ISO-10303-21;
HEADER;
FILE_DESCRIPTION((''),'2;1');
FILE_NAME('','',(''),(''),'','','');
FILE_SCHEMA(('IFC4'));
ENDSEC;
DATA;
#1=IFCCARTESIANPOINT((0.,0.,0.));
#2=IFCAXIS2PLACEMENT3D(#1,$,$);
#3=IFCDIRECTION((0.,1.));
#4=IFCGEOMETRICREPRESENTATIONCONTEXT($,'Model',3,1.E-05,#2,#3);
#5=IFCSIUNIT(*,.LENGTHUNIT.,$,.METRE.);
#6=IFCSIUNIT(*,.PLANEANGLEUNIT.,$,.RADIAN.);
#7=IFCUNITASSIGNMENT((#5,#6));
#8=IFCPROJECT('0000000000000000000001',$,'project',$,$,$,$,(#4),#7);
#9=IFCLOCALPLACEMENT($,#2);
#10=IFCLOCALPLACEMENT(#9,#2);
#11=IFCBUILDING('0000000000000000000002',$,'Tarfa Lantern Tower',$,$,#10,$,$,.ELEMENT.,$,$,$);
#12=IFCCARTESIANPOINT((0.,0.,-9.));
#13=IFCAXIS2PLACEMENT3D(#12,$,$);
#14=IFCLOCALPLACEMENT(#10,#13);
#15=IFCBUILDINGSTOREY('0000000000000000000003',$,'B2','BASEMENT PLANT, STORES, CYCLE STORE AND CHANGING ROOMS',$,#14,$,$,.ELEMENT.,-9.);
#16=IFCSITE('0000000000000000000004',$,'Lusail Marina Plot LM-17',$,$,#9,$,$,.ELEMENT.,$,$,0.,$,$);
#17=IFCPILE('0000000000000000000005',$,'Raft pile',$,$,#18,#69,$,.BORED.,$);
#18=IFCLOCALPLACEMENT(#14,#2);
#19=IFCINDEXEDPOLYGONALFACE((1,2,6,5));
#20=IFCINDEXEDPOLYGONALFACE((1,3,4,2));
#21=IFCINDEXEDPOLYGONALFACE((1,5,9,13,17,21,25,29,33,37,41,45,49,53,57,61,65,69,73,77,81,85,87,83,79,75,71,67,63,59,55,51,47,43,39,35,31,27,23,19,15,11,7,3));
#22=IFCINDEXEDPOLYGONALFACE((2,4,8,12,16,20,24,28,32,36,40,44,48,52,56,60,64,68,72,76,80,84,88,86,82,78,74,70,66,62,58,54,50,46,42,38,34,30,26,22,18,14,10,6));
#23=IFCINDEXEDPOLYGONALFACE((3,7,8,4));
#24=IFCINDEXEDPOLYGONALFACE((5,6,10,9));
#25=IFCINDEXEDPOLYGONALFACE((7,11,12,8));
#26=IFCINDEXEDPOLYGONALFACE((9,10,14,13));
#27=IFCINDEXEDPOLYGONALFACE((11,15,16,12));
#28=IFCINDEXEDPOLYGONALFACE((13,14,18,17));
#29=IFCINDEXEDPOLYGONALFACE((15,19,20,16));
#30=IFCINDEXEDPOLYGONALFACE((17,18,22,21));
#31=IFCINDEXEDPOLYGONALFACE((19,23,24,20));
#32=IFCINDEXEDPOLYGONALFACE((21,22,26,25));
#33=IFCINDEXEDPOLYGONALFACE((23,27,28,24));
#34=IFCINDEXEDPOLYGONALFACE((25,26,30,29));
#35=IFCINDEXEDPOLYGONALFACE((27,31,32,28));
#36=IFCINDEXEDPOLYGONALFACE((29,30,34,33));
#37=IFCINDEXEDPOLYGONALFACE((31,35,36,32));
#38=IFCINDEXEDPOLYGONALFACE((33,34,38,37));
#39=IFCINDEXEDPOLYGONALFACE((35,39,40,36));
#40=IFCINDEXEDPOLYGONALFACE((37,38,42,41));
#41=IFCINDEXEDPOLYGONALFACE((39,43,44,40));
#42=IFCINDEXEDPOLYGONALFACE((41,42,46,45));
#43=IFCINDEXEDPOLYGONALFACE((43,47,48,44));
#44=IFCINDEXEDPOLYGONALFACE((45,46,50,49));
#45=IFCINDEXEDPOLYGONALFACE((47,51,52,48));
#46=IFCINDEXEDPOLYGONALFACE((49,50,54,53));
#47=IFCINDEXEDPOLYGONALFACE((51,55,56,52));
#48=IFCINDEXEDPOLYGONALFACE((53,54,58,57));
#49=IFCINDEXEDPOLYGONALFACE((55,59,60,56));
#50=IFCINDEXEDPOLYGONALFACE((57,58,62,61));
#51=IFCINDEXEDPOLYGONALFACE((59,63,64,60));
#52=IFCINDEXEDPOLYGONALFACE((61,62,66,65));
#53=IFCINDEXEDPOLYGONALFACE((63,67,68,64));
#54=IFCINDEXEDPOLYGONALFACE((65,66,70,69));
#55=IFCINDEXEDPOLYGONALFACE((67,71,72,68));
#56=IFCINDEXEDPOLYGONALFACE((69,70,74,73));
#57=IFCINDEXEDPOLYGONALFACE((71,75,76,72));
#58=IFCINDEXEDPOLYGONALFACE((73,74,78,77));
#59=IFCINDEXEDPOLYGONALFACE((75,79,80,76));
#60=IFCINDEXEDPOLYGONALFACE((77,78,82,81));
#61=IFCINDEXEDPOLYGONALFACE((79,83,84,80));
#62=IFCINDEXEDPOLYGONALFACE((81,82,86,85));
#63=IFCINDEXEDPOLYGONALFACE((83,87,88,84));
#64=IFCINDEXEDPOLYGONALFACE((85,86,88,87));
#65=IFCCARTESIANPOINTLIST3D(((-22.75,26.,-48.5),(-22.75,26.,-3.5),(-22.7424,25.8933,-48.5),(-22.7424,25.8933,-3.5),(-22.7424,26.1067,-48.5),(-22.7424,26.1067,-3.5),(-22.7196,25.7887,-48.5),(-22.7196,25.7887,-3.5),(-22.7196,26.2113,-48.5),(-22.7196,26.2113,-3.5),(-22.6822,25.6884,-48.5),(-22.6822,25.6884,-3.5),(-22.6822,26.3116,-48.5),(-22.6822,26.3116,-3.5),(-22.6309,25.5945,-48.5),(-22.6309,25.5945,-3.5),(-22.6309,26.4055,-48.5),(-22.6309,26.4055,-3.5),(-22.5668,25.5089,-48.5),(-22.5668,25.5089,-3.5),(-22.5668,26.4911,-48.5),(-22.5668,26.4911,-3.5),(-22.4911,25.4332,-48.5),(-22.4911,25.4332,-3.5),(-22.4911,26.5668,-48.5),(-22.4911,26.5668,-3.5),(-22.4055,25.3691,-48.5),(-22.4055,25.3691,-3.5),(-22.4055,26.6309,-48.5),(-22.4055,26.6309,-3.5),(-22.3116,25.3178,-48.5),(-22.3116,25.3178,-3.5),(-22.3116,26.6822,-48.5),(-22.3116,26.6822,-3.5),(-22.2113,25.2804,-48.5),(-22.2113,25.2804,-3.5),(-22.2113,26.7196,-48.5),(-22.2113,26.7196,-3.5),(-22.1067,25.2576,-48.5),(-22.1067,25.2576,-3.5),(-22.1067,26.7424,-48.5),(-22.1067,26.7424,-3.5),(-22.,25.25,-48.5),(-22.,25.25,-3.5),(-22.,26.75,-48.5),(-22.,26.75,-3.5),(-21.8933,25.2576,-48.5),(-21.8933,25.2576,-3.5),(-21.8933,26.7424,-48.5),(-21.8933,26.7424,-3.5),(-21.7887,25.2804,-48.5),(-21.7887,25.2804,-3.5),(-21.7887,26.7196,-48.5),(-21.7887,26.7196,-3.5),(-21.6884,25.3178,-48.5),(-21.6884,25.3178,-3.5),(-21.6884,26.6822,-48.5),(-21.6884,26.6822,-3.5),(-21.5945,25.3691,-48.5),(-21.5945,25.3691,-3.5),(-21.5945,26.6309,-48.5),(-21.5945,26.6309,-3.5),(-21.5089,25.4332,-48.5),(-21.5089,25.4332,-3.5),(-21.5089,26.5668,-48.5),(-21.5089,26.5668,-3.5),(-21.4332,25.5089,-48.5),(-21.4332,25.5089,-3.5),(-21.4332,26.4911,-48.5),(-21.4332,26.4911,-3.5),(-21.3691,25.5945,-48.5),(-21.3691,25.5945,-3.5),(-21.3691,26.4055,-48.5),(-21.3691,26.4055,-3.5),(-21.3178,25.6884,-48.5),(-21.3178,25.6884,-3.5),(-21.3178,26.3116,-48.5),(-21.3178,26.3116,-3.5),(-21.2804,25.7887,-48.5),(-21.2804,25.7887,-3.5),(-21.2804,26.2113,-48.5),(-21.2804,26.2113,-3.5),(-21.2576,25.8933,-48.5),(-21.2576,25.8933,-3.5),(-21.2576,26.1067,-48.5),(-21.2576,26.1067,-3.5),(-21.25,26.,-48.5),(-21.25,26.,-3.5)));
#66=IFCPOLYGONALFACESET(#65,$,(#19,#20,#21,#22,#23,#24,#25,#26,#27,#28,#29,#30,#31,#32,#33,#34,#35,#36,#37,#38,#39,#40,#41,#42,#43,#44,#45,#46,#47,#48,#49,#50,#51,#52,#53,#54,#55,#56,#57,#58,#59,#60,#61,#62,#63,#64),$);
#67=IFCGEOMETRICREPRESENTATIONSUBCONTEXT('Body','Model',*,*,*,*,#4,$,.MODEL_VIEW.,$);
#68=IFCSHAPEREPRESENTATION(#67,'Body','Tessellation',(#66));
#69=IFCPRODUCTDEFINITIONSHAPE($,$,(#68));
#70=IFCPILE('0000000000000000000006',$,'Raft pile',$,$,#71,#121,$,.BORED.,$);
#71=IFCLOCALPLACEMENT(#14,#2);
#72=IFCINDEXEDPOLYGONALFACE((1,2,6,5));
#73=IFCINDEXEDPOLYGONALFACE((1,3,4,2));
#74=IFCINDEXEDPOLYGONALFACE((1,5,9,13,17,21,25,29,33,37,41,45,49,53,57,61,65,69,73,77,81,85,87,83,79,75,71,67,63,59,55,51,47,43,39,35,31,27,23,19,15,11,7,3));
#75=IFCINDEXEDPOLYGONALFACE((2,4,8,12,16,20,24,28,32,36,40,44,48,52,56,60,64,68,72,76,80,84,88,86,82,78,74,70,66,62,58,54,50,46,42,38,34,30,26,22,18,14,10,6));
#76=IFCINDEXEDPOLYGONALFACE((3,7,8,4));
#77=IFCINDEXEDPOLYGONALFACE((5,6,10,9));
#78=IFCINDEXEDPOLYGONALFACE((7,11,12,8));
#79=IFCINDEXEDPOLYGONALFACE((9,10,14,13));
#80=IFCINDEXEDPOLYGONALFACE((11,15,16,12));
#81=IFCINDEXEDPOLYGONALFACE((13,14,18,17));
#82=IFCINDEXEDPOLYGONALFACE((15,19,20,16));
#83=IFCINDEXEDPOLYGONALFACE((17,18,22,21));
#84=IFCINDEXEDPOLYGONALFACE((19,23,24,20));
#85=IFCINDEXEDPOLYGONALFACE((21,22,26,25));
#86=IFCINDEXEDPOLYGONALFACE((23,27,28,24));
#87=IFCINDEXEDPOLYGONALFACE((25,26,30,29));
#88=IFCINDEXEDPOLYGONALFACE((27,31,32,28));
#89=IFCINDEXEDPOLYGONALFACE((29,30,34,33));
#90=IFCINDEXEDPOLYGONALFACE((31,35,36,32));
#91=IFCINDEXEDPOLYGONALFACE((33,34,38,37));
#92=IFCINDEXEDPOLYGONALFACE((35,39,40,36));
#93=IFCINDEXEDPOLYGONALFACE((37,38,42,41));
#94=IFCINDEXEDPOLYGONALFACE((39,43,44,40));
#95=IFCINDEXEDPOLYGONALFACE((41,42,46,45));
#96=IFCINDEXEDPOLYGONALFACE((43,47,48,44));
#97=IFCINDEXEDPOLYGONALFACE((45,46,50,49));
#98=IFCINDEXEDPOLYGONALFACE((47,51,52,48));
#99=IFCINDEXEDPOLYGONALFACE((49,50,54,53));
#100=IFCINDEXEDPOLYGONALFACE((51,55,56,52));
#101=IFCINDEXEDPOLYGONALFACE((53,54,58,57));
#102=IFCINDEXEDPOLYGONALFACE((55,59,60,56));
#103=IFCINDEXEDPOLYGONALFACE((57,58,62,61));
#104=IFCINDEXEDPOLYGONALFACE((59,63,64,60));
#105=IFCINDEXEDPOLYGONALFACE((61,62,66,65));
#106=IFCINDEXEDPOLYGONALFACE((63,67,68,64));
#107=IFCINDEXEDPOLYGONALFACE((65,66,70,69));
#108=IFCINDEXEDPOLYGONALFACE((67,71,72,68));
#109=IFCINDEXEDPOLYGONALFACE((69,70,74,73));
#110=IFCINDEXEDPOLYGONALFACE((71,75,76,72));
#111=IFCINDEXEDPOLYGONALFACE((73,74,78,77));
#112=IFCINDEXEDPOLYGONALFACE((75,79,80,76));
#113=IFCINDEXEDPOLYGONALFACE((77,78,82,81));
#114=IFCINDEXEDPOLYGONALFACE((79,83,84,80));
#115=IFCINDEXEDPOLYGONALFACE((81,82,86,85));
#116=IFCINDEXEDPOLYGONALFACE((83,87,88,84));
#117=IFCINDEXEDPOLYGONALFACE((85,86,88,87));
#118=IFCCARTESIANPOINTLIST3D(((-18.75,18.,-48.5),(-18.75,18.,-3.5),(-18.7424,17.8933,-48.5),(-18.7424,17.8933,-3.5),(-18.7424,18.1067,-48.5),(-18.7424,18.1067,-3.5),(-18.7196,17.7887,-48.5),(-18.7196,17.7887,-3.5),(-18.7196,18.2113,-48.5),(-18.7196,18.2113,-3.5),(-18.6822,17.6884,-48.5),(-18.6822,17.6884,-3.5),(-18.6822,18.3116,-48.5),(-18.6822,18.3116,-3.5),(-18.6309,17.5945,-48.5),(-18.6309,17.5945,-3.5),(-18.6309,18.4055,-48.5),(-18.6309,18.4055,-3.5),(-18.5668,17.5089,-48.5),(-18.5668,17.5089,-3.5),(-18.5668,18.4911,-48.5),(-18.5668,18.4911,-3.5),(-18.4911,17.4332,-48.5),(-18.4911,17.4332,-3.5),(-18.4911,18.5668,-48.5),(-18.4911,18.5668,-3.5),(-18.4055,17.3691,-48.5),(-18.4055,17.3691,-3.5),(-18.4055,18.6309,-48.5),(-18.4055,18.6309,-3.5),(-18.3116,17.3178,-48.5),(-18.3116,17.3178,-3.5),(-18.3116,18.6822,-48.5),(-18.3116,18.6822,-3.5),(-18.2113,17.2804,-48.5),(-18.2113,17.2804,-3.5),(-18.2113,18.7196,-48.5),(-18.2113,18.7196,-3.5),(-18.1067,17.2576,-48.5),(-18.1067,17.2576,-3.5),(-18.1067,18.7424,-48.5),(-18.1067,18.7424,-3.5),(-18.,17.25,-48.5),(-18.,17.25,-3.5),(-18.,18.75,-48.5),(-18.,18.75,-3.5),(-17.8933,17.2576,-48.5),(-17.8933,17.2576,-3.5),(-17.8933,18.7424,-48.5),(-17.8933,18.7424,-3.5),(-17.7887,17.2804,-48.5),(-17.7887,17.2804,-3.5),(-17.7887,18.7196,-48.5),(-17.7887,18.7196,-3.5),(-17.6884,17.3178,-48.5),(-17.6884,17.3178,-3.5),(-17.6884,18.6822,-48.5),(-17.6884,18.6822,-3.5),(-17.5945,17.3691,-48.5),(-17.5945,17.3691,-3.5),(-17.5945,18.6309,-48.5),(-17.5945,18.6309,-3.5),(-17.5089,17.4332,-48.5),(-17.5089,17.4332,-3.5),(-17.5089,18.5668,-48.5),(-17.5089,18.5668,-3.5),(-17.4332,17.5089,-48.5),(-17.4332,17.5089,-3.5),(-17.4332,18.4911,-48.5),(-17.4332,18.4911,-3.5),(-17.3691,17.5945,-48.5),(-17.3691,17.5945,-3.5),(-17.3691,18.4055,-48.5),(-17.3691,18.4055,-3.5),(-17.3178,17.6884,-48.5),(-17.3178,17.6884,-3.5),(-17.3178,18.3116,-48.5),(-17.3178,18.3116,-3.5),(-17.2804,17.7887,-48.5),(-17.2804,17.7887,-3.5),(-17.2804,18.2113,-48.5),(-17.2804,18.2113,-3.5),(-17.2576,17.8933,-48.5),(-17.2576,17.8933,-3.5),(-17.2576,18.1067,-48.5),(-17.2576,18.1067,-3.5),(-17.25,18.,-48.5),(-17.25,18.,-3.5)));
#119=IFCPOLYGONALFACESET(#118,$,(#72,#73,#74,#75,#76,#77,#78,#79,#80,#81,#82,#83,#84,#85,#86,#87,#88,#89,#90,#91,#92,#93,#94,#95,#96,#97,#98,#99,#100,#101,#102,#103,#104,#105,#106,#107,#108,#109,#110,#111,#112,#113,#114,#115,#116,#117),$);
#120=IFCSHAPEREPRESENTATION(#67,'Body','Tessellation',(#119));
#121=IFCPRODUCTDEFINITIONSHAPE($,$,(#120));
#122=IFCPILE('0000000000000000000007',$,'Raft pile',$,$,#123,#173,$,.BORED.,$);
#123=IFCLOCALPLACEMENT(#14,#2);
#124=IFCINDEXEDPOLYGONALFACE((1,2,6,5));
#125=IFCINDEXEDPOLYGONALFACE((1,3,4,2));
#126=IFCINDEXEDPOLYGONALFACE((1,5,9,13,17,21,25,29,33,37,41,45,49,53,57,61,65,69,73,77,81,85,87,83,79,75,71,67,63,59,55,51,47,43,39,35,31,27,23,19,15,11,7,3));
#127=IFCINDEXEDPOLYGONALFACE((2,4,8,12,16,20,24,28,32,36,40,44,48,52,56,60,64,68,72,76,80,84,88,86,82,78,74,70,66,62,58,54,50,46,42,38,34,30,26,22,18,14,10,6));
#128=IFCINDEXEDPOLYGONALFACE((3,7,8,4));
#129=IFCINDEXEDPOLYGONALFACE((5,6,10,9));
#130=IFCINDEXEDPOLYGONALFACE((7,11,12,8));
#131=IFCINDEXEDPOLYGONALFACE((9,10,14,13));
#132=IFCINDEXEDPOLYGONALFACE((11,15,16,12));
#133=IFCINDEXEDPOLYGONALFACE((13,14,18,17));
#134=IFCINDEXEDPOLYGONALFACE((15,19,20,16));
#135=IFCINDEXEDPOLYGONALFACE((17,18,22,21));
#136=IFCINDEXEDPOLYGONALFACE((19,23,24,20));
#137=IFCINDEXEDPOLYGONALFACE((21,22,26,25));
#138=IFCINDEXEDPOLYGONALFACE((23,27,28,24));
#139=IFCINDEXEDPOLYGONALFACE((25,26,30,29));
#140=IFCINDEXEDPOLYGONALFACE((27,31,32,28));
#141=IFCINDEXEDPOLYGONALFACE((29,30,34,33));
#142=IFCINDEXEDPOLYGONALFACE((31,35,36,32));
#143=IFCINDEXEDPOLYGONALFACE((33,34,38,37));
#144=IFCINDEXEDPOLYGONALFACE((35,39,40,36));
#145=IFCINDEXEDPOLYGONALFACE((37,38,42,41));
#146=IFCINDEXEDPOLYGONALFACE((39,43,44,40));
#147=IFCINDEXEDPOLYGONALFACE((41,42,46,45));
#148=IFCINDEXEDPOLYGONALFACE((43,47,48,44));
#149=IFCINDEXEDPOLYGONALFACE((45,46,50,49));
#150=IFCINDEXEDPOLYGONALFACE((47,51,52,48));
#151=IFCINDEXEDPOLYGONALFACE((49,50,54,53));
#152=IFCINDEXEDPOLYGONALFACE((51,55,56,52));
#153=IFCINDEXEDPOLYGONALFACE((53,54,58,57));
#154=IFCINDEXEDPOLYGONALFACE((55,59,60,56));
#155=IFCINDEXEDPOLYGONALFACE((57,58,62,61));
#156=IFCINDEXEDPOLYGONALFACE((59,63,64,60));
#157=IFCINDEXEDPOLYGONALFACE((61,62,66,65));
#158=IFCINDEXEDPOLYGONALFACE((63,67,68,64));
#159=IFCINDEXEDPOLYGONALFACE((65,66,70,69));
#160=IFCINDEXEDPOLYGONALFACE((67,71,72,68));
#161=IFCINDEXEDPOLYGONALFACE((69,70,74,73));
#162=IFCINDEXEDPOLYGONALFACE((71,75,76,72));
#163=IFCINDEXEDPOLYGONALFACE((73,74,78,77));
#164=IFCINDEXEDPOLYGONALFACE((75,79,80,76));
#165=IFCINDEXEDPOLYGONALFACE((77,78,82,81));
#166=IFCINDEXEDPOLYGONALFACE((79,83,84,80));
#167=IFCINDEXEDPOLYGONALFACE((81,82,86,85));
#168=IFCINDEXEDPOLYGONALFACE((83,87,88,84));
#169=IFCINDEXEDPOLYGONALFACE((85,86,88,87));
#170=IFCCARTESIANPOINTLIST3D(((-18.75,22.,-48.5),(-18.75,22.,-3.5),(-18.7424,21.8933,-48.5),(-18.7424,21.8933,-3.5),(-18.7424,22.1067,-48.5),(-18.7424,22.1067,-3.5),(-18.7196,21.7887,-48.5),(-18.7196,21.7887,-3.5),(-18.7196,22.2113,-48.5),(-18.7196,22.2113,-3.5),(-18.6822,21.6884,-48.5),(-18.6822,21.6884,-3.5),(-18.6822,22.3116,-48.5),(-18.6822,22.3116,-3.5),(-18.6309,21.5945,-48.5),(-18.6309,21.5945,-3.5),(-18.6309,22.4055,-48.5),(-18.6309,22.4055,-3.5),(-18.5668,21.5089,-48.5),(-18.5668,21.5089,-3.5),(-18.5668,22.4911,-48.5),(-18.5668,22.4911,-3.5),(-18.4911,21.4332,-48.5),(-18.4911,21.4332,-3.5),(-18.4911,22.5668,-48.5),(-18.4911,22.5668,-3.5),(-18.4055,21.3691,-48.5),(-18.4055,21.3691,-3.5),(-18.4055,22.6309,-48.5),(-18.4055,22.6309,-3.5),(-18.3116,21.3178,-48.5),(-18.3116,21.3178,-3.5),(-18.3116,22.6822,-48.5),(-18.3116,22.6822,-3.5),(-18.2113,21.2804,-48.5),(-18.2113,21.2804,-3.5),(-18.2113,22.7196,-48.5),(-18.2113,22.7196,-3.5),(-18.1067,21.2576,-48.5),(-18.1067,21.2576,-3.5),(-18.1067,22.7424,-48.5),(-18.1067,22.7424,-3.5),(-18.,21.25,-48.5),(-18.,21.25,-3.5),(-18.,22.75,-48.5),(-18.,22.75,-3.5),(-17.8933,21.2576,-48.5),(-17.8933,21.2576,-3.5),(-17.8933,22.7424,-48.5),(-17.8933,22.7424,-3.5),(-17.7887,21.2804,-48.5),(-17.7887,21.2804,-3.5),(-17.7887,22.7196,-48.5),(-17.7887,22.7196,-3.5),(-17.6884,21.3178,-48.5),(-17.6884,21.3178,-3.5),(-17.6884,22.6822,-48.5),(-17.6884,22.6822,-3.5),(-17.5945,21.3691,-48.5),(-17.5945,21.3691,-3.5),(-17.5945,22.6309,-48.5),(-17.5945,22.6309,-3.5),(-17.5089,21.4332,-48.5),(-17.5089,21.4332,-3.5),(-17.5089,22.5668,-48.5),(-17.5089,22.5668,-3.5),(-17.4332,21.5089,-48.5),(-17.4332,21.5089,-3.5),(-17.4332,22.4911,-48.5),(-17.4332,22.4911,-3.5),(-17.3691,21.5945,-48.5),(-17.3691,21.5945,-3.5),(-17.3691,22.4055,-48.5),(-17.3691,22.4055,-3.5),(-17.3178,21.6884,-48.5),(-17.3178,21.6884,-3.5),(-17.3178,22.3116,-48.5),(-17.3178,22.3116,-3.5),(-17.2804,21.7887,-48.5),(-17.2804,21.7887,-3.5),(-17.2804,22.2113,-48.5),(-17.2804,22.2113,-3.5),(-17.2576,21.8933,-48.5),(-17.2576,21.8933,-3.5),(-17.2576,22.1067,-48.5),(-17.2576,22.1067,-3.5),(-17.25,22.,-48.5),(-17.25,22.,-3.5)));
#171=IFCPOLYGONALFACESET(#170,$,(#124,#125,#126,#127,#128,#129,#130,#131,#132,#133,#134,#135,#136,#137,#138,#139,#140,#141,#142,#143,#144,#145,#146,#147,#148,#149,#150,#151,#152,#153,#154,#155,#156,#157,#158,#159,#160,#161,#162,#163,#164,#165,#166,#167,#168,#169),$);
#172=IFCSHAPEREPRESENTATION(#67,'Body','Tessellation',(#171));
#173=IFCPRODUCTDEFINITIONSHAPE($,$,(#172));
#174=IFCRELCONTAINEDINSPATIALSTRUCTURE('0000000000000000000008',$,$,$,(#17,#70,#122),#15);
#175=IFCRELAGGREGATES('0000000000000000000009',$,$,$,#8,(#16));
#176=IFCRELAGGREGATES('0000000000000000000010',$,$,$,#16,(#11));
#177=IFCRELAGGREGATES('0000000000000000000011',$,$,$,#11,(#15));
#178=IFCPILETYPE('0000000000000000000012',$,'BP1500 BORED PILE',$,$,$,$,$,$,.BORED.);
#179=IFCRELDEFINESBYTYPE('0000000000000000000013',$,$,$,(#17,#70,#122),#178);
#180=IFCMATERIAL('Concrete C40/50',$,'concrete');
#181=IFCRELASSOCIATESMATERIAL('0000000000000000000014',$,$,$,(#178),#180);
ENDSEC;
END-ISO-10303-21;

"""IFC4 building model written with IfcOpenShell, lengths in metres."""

from ifc_helpers import new_model, si_unit, direction, frame, origin, origin_2d, place, context, subcontext, project, spatial, circle, extrude, material, material_profile, profile_set, type_object, element, save


model = new_model("IFC4")

# Units and contexts
model_context = context("Model", 3, precision=1e-05, world=origin(), true_north=direction((0.0, 1.0)))
body_context = subcontext(model_context, "Body", "Model", "MODEL_VIEW")
ifc_project = project(units=[si_unit("LENGTHUNIT", "METRE"), si_unit("PLANEANGLEUNIT", "RADIAN")], contexts=[model_context])

# Site, building, storey
site_placement = place(None, origin())
site = spatial("IfcSite", under=ifc_project, at=site_placement, Name="Lusail Marina Plot LM-17", CompositionType="ELEMENT", RefElevation=0.0)
building_placement = place(site_placement, origin())
building = spatial("IfcBuilding", under=site, at=building_placement, Name="Tarfa Lantern Tower", CompositionType="ELEMENT")
storey_placement = place(building_placement, frame((0.0, 0.0, -9.0)))
storey = spatial("IfcBuildingStorey", under=building, at=storey_placement, Name="B2", Description="BASEMENT PLANT, STORES, CYCLE STORE AND CHANGING ROOMS", CompositionType="ELEMENT", Elevation=-9.0)

# Piles
ifc_material_1 = material(Name="Concrete C40/50", Category="concrete")
ifc_material_profile_1 = material_profile(ifc_material_1, circle(Radius=0.75, at=origin_2d()), Name="BORED PILE D1500")
ifc_profile_set_1 = profile_set([ifc_material_profile_1], Name="Concrete C40/50")
pile_type_1 = type_object("IfcPileType", Name="BP1500 BORED PILE", PredefinedType="BORED", material=ifc_profile_set_1)
for number, where, z_axis, x_axis, name in (
    (1, (-22.0, 26.0, -3.5), (0.0, 0.0, -1.0), (1.0, 0.0, 0.0), "Raft pile"),
    (2, (-18.0, 18.0, -3.5), (0.0, 0.0, -1.0), (1.0, 0.0, 0.0), "Raft pile"),
    (3, (-18.0, 22.0, -3.5), (0.0, 0.0, -1.0), (1.0, 0.0, 0.0), "Raft pile"),
):
    element("IfcPile", number, at=place(storey_placement, frame(where, z_axis=z_axis, x_axis=x_axis)), inside=storey, type_object=pile_type_1, Name=name, PredefinedType="BORED", context=body_context, shape_type="SweptSolid", body=[
        extrude(circle(Radius=0.75, at=origin_2d()), origin(), (0.0, 0.0, 1.0), 45.0),
    ])

save(model, "model.ifc")
